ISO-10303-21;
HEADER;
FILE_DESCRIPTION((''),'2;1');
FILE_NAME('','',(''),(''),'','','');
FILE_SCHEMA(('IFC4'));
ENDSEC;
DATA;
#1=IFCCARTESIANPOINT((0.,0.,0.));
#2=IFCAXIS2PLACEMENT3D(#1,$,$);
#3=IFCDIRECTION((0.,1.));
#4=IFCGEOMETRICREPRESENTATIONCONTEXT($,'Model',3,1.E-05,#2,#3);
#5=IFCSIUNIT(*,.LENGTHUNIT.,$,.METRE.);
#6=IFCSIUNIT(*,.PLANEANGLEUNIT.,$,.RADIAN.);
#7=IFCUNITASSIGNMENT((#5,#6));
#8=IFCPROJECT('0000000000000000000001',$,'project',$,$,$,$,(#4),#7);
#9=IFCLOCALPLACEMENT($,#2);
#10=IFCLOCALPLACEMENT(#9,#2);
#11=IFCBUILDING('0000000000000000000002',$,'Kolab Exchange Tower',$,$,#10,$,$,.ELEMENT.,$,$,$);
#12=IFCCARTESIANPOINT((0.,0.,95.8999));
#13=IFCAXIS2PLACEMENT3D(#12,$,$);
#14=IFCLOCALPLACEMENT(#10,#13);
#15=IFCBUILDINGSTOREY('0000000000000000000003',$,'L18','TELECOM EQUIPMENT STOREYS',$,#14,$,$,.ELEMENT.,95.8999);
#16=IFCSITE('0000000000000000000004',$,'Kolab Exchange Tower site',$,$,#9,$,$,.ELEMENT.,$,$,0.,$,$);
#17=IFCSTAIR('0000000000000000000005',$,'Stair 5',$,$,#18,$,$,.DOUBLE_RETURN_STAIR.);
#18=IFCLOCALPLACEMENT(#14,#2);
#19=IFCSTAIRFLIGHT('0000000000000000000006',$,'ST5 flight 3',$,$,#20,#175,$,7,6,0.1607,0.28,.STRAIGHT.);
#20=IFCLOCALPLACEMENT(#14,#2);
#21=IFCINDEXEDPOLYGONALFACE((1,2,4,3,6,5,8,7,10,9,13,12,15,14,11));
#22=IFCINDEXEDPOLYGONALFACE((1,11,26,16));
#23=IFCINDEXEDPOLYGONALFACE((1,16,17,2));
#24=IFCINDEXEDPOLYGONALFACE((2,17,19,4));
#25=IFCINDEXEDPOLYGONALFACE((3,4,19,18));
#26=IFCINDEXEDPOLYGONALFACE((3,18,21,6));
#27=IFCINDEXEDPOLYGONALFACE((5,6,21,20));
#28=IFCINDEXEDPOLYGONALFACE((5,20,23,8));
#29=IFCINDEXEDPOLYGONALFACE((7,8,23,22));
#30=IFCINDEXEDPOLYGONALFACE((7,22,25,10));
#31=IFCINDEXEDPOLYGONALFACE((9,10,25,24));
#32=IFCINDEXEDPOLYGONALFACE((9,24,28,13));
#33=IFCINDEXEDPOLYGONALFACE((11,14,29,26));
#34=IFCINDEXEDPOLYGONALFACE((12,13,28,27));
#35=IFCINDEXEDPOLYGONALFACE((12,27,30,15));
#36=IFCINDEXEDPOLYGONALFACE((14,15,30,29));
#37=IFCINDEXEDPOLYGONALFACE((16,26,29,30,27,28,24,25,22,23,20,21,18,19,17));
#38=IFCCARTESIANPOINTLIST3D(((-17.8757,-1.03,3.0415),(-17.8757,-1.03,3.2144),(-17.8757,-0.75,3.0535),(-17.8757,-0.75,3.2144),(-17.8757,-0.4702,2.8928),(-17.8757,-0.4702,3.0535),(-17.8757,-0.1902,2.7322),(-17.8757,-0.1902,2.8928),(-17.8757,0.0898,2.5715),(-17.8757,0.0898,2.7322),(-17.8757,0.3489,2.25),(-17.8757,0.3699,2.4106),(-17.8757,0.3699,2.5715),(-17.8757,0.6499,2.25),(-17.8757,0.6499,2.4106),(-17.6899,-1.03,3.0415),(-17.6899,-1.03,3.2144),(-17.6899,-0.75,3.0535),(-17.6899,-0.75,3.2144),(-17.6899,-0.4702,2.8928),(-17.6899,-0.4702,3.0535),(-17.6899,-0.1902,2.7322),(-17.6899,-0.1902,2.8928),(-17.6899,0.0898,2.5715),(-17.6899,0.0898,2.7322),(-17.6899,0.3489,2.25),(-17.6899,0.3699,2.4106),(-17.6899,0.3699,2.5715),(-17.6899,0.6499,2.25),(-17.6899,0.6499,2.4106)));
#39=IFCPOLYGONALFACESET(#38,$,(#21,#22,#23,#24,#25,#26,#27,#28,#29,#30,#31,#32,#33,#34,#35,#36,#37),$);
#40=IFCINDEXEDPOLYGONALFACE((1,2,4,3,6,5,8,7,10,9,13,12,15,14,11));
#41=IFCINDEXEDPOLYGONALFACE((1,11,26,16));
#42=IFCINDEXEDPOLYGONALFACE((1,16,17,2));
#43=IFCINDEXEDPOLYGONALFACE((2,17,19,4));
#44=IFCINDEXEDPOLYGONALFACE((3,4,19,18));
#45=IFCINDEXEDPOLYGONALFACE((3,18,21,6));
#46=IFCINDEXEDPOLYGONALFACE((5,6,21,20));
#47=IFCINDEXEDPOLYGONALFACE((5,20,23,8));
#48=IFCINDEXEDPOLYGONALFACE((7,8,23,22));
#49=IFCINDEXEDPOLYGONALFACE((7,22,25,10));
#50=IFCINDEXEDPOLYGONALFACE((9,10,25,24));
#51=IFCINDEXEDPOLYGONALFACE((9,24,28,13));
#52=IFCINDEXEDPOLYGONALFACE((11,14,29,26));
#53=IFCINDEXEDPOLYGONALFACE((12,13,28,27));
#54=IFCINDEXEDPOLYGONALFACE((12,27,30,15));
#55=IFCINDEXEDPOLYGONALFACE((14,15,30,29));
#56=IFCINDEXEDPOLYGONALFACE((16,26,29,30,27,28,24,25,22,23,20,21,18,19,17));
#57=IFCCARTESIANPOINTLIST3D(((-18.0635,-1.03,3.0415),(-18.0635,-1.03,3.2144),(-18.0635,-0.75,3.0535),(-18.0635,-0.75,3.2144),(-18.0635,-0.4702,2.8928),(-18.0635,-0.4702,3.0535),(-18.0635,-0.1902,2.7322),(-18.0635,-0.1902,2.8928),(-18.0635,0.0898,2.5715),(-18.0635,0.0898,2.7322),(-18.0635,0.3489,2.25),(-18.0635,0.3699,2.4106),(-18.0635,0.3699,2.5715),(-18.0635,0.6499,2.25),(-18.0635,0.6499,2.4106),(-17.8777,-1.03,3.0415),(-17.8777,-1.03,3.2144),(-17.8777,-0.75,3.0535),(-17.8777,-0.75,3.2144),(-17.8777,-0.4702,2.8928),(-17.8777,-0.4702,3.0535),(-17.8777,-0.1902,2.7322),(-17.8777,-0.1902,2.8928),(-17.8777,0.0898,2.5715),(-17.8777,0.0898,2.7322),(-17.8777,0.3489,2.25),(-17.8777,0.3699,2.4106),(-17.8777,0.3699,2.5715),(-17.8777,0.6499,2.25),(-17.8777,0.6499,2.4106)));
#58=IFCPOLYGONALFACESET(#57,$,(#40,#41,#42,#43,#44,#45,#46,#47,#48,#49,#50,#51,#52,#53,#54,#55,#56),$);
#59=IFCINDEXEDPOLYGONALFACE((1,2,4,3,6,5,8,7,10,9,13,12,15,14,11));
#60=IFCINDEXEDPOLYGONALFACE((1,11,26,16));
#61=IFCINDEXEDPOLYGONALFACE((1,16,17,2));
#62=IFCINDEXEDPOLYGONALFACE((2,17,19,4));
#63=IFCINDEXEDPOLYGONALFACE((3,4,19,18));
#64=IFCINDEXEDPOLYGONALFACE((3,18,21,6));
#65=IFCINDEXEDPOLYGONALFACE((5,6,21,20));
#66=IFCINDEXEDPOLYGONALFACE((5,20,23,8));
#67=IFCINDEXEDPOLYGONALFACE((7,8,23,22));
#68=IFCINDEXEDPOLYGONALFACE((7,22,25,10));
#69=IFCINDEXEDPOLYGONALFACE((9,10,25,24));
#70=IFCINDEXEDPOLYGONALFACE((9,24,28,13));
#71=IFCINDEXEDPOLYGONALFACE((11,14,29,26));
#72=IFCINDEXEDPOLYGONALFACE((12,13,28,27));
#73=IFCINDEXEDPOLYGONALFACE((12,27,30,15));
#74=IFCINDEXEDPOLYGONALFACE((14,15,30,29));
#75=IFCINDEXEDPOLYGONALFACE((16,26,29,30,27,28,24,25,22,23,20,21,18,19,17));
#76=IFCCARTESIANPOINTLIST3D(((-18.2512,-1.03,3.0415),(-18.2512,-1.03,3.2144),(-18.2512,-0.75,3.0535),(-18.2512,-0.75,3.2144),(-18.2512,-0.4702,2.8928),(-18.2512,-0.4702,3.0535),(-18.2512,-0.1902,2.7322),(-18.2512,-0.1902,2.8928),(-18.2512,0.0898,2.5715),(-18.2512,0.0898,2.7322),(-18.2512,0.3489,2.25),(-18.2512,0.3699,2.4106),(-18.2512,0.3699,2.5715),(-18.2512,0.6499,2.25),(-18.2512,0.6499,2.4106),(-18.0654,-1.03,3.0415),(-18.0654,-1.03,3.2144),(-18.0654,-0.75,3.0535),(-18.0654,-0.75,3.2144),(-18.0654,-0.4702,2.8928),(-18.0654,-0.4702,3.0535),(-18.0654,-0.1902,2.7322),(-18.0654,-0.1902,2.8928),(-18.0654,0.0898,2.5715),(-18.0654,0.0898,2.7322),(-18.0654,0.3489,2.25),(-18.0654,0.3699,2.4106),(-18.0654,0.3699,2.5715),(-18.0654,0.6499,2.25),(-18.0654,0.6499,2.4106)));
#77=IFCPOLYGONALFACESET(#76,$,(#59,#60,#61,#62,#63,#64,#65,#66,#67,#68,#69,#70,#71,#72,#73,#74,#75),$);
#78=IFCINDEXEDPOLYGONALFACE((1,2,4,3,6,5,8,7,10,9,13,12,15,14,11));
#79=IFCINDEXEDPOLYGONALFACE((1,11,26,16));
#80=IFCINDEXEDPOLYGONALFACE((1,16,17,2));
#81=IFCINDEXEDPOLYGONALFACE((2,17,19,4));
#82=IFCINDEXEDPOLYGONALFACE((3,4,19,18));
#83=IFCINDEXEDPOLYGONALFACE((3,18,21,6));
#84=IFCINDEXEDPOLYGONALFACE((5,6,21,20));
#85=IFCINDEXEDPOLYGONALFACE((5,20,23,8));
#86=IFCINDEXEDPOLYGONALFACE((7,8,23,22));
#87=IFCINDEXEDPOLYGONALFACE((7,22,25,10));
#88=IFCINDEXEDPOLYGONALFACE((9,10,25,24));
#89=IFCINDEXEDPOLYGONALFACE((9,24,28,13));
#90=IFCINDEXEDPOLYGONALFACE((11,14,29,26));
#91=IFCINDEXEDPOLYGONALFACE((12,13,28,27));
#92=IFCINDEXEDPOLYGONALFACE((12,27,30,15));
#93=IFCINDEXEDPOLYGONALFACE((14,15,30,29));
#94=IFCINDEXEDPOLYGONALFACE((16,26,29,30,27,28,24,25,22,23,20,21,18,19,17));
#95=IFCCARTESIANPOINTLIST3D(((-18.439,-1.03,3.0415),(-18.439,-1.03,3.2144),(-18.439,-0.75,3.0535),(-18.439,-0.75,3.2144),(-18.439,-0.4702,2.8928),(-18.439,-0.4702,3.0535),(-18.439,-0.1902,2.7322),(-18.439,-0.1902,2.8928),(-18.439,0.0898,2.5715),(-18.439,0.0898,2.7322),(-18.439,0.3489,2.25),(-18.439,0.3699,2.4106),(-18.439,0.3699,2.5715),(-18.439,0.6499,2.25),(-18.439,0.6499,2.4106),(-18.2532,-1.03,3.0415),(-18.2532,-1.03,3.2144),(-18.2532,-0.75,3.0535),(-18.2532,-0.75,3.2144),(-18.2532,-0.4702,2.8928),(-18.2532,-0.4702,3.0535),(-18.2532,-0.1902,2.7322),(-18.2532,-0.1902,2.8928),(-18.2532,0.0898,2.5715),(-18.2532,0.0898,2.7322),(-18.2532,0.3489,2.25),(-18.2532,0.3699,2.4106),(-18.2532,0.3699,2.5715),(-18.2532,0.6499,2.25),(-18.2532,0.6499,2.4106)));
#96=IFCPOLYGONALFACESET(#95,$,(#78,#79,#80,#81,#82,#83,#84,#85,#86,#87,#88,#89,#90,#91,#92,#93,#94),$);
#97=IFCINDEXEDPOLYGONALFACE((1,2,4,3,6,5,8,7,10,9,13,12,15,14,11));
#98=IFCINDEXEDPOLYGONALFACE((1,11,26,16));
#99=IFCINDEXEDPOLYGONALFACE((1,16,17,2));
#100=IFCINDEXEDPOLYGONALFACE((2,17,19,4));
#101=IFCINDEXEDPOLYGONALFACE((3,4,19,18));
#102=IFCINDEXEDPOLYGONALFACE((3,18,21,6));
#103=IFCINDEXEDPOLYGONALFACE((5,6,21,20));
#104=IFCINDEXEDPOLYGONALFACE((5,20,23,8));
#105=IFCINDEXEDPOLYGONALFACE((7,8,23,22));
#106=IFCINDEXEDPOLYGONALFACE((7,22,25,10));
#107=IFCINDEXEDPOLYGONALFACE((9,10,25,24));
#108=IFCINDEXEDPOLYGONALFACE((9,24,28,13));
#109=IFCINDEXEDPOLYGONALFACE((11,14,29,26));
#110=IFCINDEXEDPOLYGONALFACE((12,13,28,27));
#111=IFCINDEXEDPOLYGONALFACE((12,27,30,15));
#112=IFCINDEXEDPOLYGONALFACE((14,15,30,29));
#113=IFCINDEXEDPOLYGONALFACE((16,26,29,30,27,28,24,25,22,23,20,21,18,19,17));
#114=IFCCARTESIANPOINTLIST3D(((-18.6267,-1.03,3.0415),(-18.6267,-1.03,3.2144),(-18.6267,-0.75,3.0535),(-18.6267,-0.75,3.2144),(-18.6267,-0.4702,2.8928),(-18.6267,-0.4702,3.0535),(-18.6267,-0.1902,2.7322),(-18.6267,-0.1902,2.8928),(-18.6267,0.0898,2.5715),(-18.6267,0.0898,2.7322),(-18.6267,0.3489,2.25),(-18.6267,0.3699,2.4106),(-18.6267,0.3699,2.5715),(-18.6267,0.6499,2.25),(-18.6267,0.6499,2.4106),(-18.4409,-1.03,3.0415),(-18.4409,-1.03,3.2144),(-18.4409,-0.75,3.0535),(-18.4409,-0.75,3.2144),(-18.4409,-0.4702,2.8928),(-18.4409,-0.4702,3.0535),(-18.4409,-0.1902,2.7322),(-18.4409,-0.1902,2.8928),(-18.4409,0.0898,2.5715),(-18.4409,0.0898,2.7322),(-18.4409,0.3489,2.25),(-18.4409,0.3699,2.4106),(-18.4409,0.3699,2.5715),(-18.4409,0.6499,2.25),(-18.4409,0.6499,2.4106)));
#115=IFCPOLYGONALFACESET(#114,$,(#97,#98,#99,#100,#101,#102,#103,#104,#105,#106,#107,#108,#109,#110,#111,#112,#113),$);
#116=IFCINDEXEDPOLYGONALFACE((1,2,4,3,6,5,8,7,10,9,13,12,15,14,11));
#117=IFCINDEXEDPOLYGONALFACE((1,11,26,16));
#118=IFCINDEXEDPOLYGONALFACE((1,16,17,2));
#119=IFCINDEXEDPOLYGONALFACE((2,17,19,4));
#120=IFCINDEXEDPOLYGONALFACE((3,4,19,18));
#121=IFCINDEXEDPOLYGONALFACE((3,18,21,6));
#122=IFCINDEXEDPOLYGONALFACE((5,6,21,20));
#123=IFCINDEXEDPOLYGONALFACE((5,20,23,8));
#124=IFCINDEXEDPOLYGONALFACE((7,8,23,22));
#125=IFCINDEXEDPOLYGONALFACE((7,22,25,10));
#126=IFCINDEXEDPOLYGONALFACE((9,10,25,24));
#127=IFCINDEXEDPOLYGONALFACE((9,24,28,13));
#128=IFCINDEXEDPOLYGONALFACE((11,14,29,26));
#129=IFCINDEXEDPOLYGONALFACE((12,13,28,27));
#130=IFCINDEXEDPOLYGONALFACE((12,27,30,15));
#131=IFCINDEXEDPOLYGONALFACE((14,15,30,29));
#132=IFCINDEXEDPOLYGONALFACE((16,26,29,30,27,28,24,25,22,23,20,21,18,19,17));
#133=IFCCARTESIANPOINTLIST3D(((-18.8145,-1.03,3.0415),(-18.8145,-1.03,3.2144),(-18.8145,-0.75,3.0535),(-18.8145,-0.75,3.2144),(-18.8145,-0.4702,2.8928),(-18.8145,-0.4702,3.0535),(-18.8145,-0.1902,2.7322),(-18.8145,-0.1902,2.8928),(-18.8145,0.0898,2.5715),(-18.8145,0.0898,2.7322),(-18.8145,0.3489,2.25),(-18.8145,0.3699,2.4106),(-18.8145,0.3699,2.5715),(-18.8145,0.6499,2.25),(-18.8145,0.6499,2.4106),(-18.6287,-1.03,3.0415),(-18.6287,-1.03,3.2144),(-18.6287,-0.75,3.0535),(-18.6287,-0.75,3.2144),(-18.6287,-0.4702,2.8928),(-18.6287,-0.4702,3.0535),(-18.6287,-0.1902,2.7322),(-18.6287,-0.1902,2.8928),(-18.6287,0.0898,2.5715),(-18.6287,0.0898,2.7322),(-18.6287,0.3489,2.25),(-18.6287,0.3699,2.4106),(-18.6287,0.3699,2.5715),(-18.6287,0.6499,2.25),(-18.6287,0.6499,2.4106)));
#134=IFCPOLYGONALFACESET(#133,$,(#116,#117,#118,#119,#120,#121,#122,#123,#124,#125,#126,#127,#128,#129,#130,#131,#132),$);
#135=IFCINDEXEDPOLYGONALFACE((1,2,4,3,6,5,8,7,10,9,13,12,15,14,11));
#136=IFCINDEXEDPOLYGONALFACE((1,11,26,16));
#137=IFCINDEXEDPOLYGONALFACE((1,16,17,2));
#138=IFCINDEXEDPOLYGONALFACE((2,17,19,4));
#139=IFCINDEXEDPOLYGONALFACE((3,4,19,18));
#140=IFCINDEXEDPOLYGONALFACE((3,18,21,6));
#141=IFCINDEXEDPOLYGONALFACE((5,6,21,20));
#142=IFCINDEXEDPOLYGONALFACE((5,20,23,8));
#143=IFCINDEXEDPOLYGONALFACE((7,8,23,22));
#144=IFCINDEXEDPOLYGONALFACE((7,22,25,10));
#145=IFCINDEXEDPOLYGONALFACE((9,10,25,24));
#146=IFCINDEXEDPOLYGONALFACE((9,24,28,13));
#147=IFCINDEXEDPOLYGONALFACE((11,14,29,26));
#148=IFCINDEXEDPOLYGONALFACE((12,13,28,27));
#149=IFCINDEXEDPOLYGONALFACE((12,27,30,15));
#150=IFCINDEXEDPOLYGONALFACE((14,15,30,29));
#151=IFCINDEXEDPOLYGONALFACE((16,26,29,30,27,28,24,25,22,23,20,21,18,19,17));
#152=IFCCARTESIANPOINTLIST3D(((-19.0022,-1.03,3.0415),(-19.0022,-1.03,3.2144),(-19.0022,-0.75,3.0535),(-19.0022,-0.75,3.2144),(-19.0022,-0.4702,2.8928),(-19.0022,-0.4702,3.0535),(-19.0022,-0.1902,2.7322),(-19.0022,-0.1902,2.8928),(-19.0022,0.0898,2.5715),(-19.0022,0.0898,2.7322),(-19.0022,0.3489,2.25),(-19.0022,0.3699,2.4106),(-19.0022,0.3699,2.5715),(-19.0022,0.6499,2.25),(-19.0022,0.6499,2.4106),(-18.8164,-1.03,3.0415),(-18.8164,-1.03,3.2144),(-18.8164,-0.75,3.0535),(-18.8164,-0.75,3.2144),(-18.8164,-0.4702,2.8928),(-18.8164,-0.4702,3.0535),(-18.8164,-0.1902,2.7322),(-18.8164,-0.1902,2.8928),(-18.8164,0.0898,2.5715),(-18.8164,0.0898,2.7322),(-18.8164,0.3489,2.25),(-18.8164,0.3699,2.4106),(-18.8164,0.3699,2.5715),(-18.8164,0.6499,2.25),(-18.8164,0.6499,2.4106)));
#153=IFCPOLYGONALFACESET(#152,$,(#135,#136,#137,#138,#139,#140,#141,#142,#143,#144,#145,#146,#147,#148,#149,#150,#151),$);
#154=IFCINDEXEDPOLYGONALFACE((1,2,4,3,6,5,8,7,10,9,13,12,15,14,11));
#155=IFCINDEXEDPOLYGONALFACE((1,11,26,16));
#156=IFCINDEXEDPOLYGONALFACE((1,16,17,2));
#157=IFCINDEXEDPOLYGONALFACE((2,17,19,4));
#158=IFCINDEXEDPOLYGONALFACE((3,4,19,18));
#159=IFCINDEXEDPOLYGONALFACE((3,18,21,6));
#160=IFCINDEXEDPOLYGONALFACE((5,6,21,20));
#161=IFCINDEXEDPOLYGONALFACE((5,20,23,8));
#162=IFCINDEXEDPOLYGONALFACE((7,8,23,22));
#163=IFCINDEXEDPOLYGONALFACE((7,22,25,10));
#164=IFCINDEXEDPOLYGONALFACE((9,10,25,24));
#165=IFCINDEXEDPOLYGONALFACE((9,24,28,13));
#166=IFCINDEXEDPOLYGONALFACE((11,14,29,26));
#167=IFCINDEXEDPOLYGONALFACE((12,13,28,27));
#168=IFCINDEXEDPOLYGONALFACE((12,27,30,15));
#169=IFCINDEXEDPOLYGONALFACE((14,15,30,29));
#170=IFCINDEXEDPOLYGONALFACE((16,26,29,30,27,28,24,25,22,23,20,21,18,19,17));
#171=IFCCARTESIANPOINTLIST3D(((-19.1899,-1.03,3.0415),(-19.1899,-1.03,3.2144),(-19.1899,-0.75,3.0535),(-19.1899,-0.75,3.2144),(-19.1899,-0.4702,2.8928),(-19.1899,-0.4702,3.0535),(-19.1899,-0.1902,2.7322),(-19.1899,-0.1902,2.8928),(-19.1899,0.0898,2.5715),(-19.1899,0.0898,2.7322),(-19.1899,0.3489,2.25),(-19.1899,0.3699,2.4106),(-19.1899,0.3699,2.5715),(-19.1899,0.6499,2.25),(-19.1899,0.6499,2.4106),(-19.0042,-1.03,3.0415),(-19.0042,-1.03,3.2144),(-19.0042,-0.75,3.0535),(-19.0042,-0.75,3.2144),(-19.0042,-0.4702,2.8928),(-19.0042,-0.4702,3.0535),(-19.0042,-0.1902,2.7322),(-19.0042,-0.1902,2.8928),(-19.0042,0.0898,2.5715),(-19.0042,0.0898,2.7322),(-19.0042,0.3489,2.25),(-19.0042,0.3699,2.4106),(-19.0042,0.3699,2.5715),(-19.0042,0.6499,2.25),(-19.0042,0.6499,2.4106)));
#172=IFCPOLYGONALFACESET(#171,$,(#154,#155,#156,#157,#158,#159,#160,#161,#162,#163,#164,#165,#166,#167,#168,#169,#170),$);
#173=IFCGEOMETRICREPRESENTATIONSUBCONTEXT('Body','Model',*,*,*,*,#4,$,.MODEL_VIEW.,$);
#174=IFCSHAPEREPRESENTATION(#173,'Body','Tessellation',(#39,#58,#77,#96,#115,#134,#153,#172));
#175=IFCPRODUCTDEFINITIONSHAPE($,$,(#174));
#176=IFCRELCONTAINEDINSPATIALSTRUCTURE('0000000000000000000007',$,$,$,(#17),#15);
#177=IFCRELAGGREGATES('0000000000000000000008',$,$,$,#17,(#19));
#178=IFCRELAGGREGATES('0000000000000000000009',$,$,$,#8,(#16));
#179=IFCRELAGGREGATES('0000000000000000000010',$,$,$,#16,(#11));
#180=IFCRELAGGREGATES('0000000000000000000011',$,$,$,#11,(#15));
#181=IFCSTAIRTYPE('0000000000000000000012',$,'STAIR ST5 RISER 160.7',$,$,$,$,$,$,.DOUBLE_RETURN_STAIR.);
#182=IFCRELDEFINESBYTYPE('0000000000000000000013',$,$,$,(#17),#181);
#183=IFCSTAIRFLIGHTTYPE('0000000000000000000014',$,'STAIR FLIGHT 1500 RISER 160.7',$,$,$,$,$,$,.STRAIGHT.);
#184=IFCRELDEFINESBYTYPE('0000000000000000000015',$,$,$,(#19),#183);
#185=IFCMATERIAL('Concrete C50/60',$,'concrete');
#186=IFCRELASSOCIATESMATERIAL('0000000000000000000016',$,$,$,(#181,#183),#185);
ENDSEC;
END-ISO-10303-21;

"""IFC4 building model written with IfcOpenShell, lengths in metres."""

from ifc_helpers import new_model, si_unit, direction, frame, origin, place, context, subcontext, project, spatial, polyline, outline, extrude, material, type_object, element, aggregate, save


model = new_model("IFC4")

# Units and contexts
model_context = context("Model", 3, precision=1e-05, world=origin(), true_north=direction((0.0, 1.0)))
body_context = subcontext(model_context, "Body", "Model", "MODEL_VIEW")
ifc_project = project(units=[si_unit("LENGTHUNIT", "METRE"), si_unit("PLANEANGLEUNIT", "RADIAN")], contexts=[model_context])

# Site, building, storey
site_placement = place(None, origin())
site = spatial("IfcSite", under=ifc_project, at=site_placement, Name="Kolab Exchange Tower site", CompositionType="ELEMENT", RefElevation=0.0)
building_placement = place(site_placement, origin())
building = spatial("IfcBuilding", under=site, at=building_placement, Name="Kolab Exchange Tower", CompositionType="ELEMENT")
storey_placement = place(building_placement, frame((0.0, 0.0, 95.8999)))
storey = spatial("IfcBuildingStorey", under=building, at=storey_placement, Name="L18", Description="TELECOM EQUIPMENT STOREYS", CompositionType="ELEMENT", Elevation=95.8999)

# Shared definitions
ifc_material_1 = material(Name="Concrete C50/60", Category="concrete")

# Stair, stair flight
stair_type = type_object("IfcStairType", Name="STAIR ST5 RISER 160.7", PredefinedType="DOUBLE_RETURN_STAIR", material=ifc_material_1)
stair_placement = place(storey_placement, origin())
stair = element("IfcStair", 1, at=stair_placement, inside=storey, type_object=stair_type, Name="Stair 5", PredefinedType="DOUBLE_RETURN_STAIR")
stair_flight_type = type_object("IfcStairFlightType", Name="STAIR FLIGHT 1500 RISER 160.7", PredefinedType="STRAIGHT", material=ifc_material_1)
stair_flight_1_placement = place(storey_placement, frame((-18.4399, 0.6499, 2.25), z_axis=(0.0, 0.0, 1.0), x_axis=(0.0, -1.0, 0.0)))
stair_flight_1 = element("IfcStairFlight", 2, at=stair_flight_1_placement, type_object=stair_flight_type, Name="ST5 flight 3", NumberOfRisers=7, NumberOfTreads=6, PredefinedType="STRAIGHT", RiserHeight=0.1607, TreadLength=0.28, context=body_context, shape_type="SweptSolid", body=[
    extrude(outline(polyline([(0.0, 0.0), (0.0, 0.1606), (0.28, 0.1606), (0.28, 0.3215), (0.5601, 0.3215), (0.5601, 0.4822), (0.8401, 0.4822), (0.8401, 0.6428), (1.1201, 0.6428), (1.1201, 0.8035), (1.3999, 0.8035), (1.3999, 0.9644), (1.6799, 0.9644), (1.6799, 1.125), (1.6799, 0.7915), (0.301, 0.0), (0.0, 0.0)])), frame((0.0, 0.75, 0.0), z_axis=(0.0, -1.0, 0.0), x_axis=(1.0, 0.0, 0.0)), (0.0, 0.0, 1.0), 0.1858),
    extrude(outline(polyline([(0.0, 0.0), (0.0, 0.1606), (0.28, 0.1606), (0.28, 0.3215), (0.5601, 0.3215), (0.5601, 0.4822), (0.8401, 0.4822), (0.8401, 0.6428), (1.1201, 0.6428), (1.1201, 0.8035), (1.3999, 0.8035), (1.3999, 0.9644), (1.6799, 0.9644), (1.6799, 1.125), (1.6799, 0.7915), (0.301, 0.0), (0.0, 0.0)])), frame((0.0, 0.5623, 0.0), z_axis=(0.0, -1.0, 0.0), x_axis=(1.0, 0.0, 0.0)), (0.0, 0.0, 1.0), 0.1858),
    extrude(outline(polyline([(0.0, 0.0), (0.0, 0.1606), (0.28, 0.1606), (0.28, 0.3215), (0.5601, 0.3215), (0.5601, 0.4822), (0.8401, 0.4822), (0.8401, 0.6428), (1.1201, 0.6428), (1.1201, 0.8035), (1.3999, 0.8035), (1.3999, 0.9644), (1.6799, 0.9644), (1.6799, 1.125), (1.6799, 0.7915), (0.301, 0.0), (0.0, 0.0)])), frame((0.0, 0.3745, 0.0), z_axis=(0.0, -1.0, 0.0), x_axis=(1.0, 0.0, 0.0)), (0.0, 0.0, 1.0), 0.1858),
    extrude(outline(polyline([(0.0, 0.0), (0.0, 0.1606), (0.28, 0.1606), (0.28, 0.3215), (0.5601, 0.3215), (0.5601, 0.4822), (0.8401, 0.4822), (0.8401, 0.6428), (1.1201, 0.6428), (1.1201, 0.8035), (1.3999, 0.8035), (1.3999, 0.9644), (1.6799, 0.9644), (1.6799, 1.125), (1.6799, 0.7915), (0.301, 0.0), (0.0, 0.0)])), frame((0.0, 0.1868, 0.0), z_axis=(0.0, -1.0, 0.0), x_axis=(1.0, 0.0, 0.0)), (0.0, 0.0, 1.0), 0.1858),
    extrude(outline(polyline([(0.0, 0.0), (0.0, 0.1606), (0.28, 0.1606), (0.28, 0.3215), (0.5601, 0.3215), (0.5601, 0.4822), (0.8401, 0.4822), (0.8401, 0.6428), (1.1201, 0.6428), (1.1201, 0.8035), (1.3999, 0.8035), (1.3999, 0.9644), (1.6799, 0.9644), (1.6799, 1.125), (1.6799, 0.7915), (0.301, 0.0), (0.0, 0.0)])), frame((0.0, -0.001, 0.0), z_axis=(0.0, -1.0, 0.0), x_axis=(1.0, 0.0, 0.0)), (0.0, 0.0, 1.0), 0.1858),
    extrude(outline(polyline([(0.0, 0.0), (0.0, 0.1606), (0.28, 0.1606), (0.28, 0.3215), (0.5601, 0.3215), (0.5601, 0.4822), (0.8401, 0.4822), (0.8401, 0.6428), (1.1201, 0.6428), (1.1201, 0.8035), (1.3999, 0.8035), (1.3999, 0.9644), (1.6799, 0.9644), (1.6799, 1.125), (1.6799, 0.7915), (0.301, 0.0), (0.0, 0.0)])), frame((0.0, -0.1887, 0.0), z_axis=(0.0, -1.0, 0.0), x_axis=(1.0, 0.0, 0.0)), (0.0, 0.0, 1.0), 0.1858),
    extrude(outline(polyline([(0.0, 0.0), (0.0, 0.1606), (0.28, 0.1606), (0.28, 0.3215), (0.5601, 0.3215), (0.5601, 0.4822), (0.8401, 0.4822), (0.8401, 0.6428), (1.1201, 0.6428), (1.1201, 0.8035), (1.3999, 0.8035), (1.3999, 0.9644), (1.6799, 0.9644), (1.6799, 1.125), (1.6799, 0.7915), (0.301, 0.0), (0.0, 0.0)])), frame((0.0, -0.3765, 0.0), z_axis=(0.0, -1.0, 0.0), x_axis=(1.0, 0.0, 0.0)), (0.0, 0.0, 1.0), 0.1858),
    extrude(outline(polyline([(0.0, 0.0), (0.0, 0.1606), (0.28, 0.1606), (0.28, 0.3215), (0.5601, 0.3215), (0.5601, 0.4822), (0.8401, 0.4822), (0.8401, 0.6428), (1.1201, 0.6428), (1.1201, 0.8035), (1.3999, 0.8035), (1.3999, 0.9644), (1.6799, 0.9644), (1.6799, 1.125), (1.6799, 0.7915), (0.301, 0.0), (0.0, 0.0)])), frame((0.0, -0.5642, 0.0), z_axis=(0.0, -1.0, 0.0), x_axis=(1.0, 0.0, 0.0)), (0.0, 0.0, 1.0), 0.1858),
])
aggregate(stair, [stair_flight_1])

save(model, "model.ifc")
